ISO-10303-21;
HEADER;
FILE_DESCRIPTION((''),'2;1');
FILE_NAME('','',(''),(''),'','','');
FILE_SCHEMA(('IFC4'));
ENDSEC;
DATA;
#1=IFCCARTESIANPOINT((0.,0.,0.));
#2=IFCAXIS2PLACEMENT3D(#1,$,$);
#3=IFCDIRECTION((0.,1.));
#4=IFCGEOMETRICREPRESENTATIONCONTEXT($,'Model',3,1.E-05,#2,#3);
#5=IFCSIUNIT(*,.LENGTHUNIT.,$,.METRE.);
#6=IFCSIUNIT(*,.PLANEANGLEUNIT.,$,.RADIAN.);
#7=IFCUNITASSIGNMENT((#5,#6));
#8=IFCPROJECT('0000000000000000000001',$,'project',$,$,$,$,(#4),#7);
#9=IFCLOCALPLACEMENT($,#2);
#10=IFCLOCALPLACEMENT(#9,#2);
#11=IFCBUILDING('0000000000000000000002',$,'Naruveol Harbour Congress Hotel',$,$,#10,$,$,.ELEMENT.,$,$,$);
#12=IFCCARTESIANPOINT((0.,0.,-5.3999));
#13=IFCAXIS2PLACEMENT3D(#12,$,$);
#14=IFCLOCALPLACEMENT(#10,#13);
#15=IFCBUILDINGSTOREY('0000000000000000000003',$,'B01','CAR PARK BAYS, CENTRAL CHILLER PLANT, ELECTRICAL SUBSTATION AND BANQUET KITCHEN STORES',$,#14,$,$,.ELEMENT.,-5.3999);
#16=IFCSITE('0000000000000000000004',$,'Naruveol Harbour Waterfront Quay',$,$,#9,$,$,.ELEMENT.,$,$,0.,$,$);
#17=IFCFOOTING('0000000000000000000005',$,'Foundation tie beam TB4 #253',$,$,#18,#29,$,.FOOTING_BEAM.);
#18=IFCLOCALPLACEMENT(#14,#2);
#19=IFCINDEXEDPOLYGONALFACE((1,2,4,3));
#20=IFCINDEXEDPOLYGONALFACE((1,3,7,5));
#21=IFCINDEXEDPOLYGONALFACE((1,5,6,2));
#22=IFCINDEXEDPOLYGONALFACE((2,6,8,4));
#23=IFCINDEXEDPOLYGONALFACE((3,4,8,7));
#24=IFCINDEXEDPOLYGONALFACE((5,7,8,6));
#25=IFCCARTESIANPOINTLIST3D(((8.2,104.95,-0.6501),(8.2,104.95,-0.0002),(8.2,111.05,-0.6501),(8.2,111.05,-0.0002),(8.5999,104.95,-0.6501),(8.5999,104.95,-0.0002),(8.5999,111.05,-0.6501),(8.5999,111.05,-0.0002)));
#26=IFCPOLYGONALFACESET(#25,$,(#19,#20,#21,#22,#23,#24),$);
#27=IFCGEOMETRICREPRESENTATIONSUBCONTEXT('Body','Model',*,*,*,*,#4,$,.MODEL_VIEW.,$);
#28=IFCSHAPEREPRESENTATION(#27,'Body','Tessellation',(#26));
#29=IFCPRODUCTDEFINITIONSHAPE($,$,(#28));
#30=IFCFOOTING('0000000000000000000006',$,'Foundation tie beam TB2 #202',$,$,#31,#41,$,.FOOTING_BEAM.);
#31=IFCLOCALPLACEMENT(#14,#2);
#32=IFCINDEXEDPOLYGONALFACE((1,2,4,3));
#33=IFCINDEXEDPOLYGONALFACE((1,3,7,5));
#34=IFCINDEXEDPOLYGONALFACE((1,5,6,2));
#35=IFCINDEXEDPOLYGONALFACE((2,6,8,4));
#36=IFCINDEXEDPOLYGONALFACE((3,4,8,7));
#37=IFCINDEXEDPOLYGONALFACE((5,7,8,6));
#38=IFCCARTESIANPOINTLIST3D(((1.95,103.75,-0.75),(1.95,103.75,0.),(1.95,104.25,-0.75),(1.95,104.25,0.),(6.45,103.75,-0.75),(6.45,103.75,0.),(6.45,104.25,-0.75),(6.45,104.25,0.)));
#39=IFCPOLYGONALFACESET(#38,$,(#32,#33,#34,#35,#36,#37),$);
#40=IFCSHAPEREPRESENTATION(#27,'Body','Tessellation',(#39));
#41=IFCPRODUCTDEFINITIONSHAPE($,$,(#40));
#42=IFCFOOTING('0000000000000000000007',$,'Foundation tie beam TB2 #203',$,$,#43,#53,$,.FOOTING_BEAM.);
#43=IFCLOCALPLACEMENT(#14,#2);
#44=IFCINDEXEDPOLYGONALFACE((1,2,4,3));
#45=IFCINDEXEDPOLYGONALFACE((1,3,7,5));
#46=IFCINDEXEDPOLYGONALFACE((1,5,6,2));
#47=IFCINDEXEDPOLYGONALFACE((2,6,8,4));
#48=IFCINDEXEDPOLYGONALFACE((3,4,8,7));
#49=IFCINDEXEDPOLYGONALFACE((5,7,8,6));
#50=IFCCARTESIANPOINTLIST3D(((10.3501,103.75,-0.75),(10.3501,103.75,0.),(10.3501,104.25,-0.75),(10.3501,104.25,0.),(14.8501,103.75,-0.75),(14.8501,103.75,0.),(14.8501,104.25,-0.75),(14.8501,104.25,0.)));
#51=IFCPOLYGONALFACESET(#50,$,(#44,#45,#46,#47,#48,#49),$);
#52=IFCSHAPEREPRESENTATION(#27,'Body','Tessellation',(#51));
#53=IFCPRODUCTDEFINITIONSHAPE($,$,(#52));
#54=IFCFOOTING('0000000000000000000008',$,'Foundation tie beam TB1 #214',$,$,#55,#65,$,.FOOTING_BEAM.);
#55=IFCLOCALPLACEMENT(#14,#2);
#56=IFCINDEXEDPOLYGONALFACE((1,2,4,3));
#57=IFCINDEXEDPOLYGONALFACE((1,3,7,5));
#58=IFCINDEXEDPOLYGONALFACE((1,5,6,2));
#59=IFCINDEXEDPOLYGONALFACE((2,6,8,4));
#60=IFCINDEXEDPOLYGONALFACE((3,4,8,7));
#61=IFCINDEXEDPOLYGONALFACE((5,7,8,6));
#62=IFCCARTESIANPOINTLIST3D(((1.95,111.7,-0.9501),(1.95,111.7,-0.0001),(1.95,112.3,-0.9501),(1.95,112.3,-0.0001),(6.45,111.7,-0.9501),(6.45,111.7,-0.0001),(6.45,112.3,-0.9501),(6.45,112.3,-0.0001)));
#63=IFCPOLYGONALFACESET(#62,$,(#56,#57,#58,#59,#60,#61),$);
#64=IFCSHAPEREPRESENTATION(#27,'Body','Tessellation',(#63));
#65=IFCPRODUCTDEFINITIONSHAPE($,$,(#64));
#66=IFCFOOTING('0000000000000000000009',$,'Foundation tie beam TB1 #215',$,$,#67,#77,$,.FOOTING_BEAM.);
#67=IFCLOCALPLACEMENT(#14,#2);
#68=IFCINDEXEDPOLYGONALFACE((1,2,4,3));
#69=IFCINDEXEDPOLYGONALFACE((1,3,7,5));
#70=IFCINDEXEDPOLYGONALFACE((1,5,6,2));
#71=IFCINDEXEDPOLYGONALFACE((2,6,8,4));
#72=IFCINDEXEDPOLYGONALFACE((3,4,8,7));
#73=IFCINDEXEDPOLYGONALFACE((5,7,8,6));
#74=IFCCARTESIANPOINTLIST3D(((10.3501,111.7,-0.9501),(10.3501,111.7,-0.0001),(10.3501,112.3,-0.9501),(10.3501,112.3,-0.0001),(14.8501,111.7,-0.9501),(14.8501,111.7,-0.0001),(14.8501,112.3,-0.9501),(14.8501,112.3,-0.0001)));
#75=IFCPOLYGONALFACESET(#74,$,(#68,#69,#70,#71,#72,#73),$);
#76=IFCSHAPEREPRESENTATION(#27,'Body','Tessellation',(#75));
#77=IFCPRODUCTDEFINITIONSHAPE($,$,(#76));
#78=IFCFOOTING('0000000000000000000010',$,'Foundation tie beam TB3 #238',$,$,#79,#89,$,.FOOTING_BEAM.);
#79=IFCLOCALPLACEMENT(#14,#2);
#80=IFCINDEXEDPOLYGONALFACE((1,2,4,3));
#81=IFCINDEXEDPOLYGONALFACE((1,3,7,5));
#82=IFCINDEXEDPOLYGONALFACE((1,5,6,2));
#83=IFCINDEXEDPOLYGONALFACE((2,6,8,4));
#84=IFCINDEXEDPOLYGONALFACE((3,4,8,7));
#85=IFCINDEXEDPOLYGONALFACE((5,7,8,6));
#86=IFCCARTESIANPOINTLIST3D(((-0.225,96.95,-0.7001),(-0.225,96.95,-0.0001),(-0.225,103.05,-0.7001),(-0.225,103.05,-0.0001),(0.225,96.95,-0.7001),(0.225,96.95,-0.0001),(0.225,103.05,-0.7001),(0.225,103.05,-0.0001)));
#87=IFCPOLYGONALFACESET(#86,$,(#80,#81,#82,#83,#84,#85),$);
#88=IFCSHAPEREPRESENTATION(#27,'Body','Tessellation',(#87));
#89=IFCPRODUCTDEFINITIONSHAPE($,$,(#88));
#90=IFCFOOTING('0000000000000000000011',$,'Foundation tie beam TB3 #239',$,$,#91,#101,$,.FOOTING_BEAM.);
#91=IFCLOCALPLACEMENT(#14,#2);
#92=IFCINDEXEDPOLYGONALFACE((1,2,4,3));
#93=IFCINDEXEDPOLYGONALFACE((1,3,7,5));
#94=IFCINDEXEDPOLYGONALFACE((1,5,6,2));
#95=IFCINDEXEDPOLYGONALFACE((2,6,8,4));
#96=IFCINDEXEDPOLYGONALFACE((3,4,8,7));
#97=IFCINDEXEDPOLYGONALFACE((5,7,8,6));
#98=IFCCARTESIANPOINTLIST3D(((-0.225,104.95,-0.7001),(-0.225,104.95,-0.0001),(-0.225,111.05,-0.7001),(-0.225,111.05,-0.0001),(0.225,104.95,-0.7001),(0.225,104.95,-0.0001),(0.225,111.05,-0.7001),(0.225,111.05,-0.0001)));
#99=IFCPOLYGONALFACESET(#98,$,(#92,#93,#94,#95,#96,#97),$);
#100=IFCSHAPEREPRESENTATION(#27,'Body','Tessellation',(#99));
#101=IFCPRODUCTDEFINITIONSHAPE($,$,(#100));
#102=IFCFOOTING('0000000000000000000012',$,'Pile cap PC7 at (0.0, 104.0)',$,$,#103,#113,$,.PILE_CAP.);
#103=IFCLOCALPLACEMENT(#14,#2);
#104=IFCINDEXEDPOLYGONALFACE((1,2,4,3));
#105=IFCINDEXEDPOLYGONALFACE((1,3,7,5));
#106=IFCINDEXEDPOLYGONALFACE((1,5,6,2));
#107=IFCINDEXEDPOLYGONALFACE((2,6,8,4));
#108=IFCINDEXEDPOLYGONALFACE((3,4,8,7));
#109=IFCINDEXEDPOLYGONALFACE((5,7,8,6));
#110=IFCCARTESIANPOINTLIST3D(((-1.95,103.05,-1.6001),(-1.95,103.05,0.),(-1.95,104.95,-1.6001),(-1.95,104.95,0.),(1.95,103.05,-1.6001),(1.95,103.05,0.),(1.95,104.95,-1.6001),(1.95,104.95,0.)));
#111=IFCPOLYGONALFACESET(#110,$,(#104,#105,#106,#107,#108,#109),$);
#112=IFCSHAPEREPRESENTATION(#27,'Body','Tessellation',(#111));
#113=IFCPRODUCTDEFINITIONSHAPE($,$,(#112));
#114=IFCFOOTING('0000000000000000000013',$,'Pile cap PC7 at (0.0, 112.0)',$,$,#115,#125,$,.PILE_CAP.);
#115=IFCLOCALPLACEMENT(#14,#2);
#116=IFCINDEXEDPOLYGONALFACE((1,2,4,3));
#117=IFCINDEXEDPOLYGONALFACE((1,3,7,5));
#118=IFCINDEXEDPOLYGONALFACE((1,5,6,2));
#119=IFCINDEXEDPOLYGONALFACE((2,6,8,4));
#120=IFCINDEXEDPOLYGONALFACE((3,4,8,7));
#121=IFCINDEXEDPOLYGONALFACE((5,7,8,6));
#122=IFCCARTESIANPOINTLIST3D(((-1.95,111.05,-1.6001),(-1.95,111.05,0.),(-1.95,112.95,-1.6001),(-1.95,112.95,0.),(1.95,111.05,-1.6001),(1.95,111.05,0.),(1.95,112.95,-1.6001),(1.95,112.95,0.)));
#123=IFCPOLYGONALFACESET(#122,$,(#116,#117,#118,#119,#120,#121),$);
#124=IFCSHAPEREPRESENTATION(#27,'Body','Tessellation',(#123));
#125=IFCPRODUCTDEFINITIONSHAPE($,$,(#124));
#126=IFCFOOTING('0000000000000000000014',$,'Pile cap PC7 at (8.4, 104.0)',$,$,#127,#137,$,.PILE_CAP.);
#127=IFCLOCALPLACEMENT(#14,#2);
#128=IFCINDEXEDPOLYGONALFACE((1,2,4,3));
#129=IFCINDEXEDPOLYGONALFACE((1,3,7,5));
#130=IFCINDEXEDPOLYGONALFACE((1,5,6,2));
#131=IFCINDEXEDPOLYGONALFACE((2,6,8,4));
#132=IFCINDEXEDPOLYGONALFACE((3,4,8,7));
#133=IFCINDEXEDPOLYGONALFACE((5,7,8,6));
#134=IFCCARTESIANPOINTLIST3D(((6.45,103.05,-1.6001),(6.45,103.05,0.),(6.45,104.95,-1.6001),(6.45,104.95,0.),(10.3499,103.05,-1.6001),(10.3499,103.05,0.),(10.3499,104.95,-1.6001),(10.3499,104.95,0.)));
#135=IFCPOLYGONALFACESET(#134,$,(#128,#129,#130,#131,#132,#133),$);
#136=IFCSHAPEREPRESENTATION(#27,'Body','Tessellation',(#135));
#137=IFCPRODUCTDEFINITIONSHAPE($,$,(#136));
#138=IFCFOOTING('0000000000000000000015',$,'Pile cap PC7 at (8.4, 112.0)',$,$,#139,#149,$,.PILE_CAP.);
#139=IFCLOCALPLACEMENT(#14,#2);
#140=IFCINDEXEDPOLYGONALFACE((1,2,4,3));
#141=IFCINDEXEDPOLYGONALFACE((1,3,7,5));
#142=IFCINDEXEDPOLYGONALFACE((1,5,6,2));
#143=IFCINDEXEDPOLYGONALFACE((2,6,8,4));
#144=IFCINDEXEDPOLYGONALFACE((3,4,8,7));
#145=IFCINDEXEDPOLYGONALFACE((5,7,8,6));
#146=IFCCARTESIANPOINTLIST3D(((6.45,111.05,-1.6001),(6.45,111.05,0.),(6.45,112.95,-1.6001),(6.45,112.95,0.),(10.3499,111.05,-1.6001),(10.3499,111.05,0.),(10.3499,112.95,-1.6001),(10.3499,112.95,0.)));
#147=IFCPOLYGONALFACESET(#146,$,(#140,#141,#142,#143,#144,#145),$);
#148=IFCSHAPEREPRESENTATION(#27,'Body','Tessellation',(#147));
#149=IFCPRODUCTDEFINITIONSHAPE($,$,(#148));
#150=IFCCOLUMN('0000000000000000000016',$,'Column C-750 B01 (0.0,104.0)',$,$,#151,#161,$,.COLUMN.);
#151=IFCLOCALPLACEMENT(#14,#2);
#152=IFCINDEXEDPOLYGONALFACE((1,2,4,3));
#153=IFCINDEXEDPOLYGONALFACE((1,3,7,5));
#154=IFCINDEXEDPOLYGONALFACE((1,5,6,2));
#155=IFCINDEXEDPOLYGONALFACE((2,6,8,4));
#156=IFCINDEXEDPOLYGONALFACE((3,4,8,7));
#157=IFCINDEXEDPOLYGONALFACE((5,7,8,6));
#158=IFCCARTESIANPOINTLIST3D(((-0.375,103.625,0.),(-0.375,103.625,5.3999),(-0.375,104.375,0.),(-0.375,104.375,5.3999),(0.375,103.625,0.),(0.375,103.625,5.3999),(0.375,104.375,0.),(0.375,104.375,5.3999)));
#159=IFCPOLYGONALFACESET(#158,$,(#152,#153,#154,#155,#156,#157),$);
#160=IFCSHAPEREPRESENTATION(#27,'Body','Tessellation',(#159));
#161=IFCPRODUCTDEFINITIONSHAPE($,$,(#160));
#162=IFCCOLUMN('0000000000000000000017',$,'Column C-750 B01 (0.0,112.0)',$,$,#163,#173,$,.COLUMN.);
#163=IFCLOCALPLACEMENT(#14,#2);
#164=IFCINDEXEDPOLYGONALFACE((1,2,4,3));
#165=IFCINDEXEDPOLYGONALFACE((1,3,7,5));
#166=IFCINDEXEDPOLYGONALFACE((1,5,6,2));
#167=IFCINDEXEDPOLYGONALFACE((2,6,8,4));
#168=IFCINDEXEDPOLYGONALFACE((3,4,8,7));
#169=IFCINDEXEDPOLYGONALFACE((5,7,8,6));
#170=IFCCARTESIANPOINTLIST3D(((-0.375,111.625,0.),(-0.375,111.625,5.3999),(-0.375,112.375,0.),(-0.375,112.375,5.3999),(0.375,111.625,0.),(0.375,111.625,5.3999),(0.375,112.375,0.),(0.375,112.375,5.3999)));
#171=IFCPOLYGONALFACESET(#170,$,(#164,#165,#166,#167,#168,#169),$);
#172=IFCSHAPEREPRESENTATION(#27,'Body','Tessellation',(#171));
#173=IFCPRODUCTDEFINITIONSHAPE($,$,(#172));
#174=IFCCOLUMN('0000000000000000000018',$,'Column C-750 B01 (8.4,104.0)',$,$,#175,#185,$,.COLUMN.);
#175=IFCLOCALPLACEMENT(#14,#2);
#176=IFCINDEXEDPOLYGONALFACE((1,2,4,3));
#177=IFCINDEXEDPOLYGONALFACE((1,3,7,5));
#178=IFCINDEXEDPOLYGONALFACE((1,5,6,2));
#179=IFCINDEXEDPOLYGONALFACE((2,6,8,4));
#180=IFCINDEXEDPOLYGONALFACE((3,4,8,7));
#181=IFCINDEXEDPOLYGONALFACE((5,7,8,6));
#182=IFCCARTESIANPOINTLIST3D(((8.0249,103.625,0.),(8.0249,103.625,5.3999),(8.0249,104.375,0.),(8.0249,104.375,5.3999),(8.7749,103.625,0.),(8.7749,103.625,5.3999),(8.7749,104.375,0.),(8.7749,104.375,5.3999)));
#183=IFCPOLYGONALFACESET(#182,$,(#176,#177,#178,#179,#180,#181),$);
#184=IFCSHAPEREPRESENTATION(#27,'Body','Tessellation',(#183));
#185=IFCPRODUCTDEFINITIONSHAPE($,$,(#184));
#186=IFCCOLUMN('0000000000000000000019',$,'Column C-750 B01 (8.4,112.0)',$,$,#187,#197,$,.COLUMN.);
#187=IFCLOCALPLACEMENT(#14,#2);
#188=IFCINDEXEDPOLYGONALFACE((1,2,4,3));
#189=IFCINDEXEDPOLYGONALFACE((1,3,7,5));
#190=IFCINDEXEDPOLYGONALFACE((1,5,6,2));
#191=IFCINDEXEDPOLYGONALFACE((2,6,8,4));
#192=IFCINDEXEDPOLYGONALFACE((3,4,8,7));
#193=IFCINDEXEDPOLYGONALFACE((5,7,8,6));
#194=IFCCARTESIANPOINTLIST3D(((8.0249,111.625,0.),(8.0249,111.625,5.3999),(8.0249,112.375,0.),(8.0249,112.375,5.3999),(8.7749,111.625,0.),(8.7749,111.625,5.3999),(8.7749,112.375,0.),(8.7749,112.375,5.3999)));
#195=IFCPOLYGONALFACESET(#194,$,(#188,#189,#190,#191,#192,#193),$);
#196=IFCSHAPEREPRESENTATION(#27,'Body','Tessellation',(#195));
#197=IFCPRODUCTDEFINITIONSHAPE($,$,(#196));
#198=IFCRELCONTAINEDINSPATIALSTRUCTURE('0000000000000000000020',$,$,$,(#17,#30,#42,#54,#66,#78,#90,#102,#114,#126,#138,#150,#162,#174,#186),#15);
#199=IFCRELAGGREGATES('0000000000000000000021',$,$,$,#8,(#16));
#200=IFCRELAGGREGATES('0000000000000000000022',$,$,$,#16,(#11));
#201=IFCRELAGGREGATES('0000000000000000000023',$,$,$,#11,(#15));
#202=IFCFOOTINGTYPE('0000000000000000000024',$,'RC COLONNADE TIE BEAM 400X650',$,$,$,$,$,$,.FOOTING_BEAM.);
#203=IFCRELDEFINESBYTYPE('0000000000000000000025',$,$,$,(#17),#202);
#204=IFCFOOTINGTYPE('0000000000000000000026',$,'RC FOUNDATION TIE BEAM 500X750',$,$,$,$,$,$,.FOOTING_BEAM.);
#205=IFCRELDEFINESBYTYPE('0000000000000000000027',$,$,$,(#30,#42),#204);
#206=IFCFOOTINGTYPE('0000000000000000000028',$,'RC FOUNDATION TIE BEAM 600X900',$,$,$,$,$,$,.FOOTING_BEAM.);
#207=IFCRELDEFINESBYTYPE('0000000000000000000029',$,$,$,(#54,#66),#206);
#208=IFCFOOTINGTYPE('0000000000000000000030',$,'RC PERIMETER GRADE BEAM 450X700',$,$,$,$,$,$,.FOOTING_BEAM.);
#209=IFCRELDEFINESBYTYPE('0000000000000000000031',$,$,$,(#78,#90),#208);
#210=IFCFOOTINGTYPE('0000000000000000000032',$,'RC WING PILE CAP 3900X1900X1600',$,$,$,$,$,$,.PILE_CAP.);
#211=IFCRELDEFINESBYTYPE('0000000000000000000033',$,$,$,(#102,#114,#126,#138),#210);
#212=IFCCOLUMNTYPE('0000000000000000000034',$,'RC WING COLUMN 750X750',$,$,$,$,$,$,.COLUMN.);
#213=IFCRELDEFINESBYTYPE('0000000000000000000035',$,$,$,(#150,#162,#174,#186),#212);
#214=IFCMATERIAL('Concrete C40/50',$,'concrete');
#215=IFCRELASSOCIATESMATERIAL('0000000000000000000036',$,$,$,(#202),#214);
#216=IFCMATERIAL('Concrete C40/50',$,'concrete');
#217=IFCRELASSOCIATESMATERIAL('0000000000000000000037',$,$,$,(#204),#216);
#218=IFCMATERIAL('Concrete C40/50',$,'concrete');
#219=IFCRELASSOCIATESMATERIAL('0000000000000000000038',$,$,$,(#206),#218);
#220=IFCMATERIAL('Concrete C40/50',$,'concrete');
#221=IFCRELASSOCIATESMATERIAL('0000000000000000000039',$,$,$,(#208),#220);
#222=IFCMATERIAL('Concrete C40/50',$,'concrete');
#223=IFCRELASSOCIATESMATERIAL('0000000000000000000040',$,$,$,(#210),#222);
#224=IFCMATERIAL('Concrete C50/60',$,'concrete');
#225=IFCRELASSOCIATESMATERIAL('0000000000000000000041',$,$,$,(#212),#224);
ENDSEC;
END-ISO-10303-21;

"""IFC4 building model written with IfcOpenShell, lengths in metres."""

from ifc_helpers import new_model, si_unit, direction, frame, origin, origin_2d, place, context, subcontext, project, spatial, rectangle, extrude, material, material_profile, profile_set, type_object, element, save


model = new_model("IFC4")

# Units and contexts
model_context = context("Model", 3, precision=1e-05, world=origin(), true_north=direction((0.0, 1.0)))
body_context = subcontext(model_context, "Body", "Model", "MODEL_VIEW")
ifc_project = project(units=[si_unit("LENGTHUNIT", "METRE"), si_unit("PLANEANGLEUNIT", "RADIAN")], contexts=[model_context])

# Site, building, storey
site_placement = place(None, origin())
site = spatial("IfcSite", under=ifc_project, at=site_placement, Name="Naruveol Harbour Waterfront Quay", CompositionType="ELEMENT", RefElevation=0.0)
building_placement = place(site_placement, origin())
building = spatial("IfcBuilding", under=site, at=building_placement, Name="Naruveol Harbour Congress Hotel", CompositionType="ELEMENT")
storey_placement = place(building_placement, frame((0.0, 0.0, -5.3999)))
storey = spatial("IfcBuildingStorey", under=building, at=storey_placement, Name="B01", Description="CAR PARK BAYS, CENTRAL CHILLER PLANT, ELECTRICAL SUBSTATION AND BANQUET KITCHEN STORES", CompositionType="ELEMENT", Elevation=-5.3999)

# Footings
ifc_material_1 = material(Name="Concrete C40/50", Category="concrete")
ifc_material_profile_1 = material_profile(ifc_material_1, rectangle(XDim=0.3999, YDim=0.6499, at=origin_2d()), Name="RCB-400x650")
ifc_profile_set_1 = profile_set([ifc_material_profile_1], Name="Concrete C40/50")
footing_type_1 = type_object("IfcFootingType", Name="RC COLONNADE TIE BEAM 400X650", PredefinedType="FOOTING_BEAM", material=ifc_profile_set_1)
for number, where, z_axis, x_axis, name in (
    (1, (8.3999, 104.95, -0.3252), (0.0, 1.0, 0.0), (-1.0, 0.0, 0.0), "Foundation tie beam TB4 #253"),
):
    element("IfcFooting", number, at=place(storey_placement, frame(where, z_axis=z_axis, x_axis=x_axis)), inside=storey, type_object=footing_type_1, Name=name, PredefinedType="FOOTING_BEAM", context=body_context, shape_type="SweptSolid", body=[
        extrude(rectangle(XDim=0.3999, YDim=0.6499, at=origin_2d()), origin(), (0.0, 0.0, 1.0), 6.1001),
    ])
ifc_material_2 = material(Name="Concrete C40/50", Category="concrete")
ifc_material_profile_2 = material_profile(ifc_material_2, rectangle(XDim=0.5, YDim=0.75, at=origin_2d()), Name="RCB-500x750")
ifc_profile_set_2 = profile_set([ifc_material_profile_2], Name="Concrete C40/50")
footing_type_2 = type_object("IfcFootingType", Name="RC FOUNDATION TIE BEAM 500X750", PredefinedType="FOOTING_BEAM", material=ifc_profile_set_2)
for number, where, z_axis, x_axis, name in (
    (2, (1.95, 104.0, -0.375), (1.0, 0.0, 0.0), (0.0, 1.0, 0.0), "Foundation tie beam TB2 #202"),
    (3, (10.3501, 104.0, -0.375), (1.0, 0.0, 0.0), (0.0, 1.0, 0.0), "Foundation tie beam TB2 #203"),
):
    element("IfcFooting", number, at=place(storey_placement, frame(where, z_axis=z_axis, x_axis=x_axis)), inside=storey, type_object=footing_type_2, Name=name, PredefinedType="FOOTING_BEAM", context=body_context, shape_type="SweptSolid", body=[
        extrude(rectangle(XDim=0.5, YDim=0.75, at=origin_2d()), origin(), (0.0, 0.0, 1.0), 4.5),
    ])
ifc_material_3 = material(Name="Concrete C40/50", Category="concrete")
ifc_material_profile_3 = material_profile(ifc_material_3, rectangle(XDim=0.6001, YDim=0.95, at=origin_2d()), Name="RCB-600x950")
ifc_profile_set_3 = profile_set([ifc_material_profile_3], Name="Concrete C40/50")
footing_type_3 = type_object("IfcFootingType", Name="RC FOUNDATION TIE BEAM 600X900", PredefinedType="FOOTING_BEAM", material=ifc_profile_set_3)
for number, where, z_axis, x_axis, name in (
    (4, (1.95, 112.0, -0.4751), (1.0, 0.0, 0.0), (0.0, 1.0, 0.0), "Foundation tie beam TB1 #214"),
    (5, (10.3501, 112.0, -0.4751), (1.0, 0.0, 0.0), (0.0, 1.0, 0.0), "Foundation tie beam TB1 #215"),
):
    element("IfcFooting", number, at=place(storey_placement, frame(where, z_axis=z_axis, x_axis=x_axis)), inside=storey, type_object=footing_type_3, Name=name, PredefinedType="FOOTING_BEAM", context=body_context, shape_type="SweptSolid", body=[
        extrude(rectangle(XDim=0.6001, YDim=0.95, at=origin_2d()), origin(), (0.0, 0.0, 1.0), 4.5),
    ])
ifc_material_4 = material(Name="Concrete C40/50", Category="concrete")
ifc_material_profile_4 = material_profile(ifc_material_4, rectangle(XDim=0.45, YDim=0.7, at=origin_2d()), Name="RCB-450x700")
ifc_profile_set_4 = profile_set([ifc_material_profile_4], Name="Concrete C40/50")
footing_type_4 = type_object("IfcFootingType", Name="RC PERIMETER GRADE BEAM 450X700", PredefinedType="FOOTING_BEAM", material=ifc_profile_set_4)
for number, where, z_axis, x_axis, name in (
    (6, (0.0, 96.95, -0.3501), (0.0, 1.0, 0.0), (-1.0, 0.0, 0.0), "Foundation tie beam TB3 #238"),
    (7, (0.0, 104.95, -0.3501), (0.0, 1.0, 0.0), (-1.0, 0.0, 0.0), "Foundation tie beam TB3 #239"),
):
    element("IfcFooting", number, at=place(storey_placement, frame(where, z_axis=z_axis, x_axis=x_axis)), inside=storey, type_object=footing_type_4, Name=name, PredefinedType="FOOTING_BEAM", context=body_context, shape_type="SweptSolid", body=[
        extrude(rectangle(XDim=0.45, YDim=0.7, at=origin_2d()), origin(), (0.0, 0.0, 1.0), 6.1001),
    ])
ifc_material_5 = material(Name="Concrete C40/50", Category="concrete")
footing_type_5 = type_object("IfcFootingType", Name="RC WING PILE CAP 3900X1900X1600", PredefinedType="PILE_CAP", material=ifc_material_5)
for number, where, z_axis, x_axis, name in (
    (8, (0.0, 104.0, -1.6001), (0.0, 0.0, 1.0), (1.0, 0.0, 0.0), "Pile cap PC7 at (0.0, 104.0)"),
    (9, (0.0, 112.0, -1.6001), (0.0, 0.0, 1.0), (1.0, 0.0, 0.0), "Pile cap PC7 at (0.0, 112.0)"),
    (10, (8.3999, 104.0, -1.6001), (0.0, 0.0, 1.0), (1.0, 0.0, 0.0), "Pile cap PC7 at (8.4, 104.0)"),
    (11, (8.3999, 112.0, -1.6001), (0.0, 0.0, 1.0), (1.0, 0.0, 0.0), "Pile cap PC7 at (8.4, 112.0)"),
):
    element("IfcFooting", number, at=place(storey_placement, frame(where, z_axis=z_axis, x_axis=x_axis)), inside=storey, type_object=footing_type_5, Name=name, PredefinedType="PILE_CAP", context=body_context, shape_type="SweptSolid", body=[
        extrude(rectangle(XDim=3.8999, YDim=1.8999, at=origin_2d()), origin(), (0.0, 0.0, 1.0), 1.6001),
    ])

# Columns
ifc_material_6 = material(Name="Concrete C50/60", Category="concrete")
ifc_material_profile_5 = material_profile(ifc_material_6, rectangle(XDim=0.75, YDim=0.75, at=origin_2d()), Name="RC-750x750")
ifc_profile_set_5 = profile_set([ifc_material_profile_5], Name="Concrete C50/60")
column_type = type_object("IfcColumnType", Name="RC WING COLUMN 750X750", PredefinedType="COLUMN", material=ifc_profile_set_5)
for number, where, z_axis, x_axis, name in (
    (12, (0.0, 104.0, 0.0), (0.0, 0.0, 1.0), (1.0, 0.0, 0.0), "Column C-750 B01 (0.0,104.0)"),
    (13, (0.0, 112.0, 0.0), (0.0, 0.0, 1.0), (1.0, 0.0, 0.0), "Column C-750 B01 (0.0,112.0)"),
    (14, (8.3999, 104.0, 0.0), (0.0, 0.0, 1.0), (1.0, 0.0, 0.0), "Column C-750 B01 (8.4,104.0)"),
    (15, (8.3999, 112.0, 0.0), (0.0, 0.0, 1.0), (1.0, 0.0, 0.0), "Column C-750 B01 (8.4,112.0)"),
):
    element("IfcColumn", number, at=place(storey_placement, frame(where, z_axis=z_axis, x_axis=x_axis)), inside=storey, type_object=column_type, Name=name, PredefinedType="COLUMN", context=body_context, shape_type="SweptSolid", body=[
        extrude(rectangle(XDim=0.75, YDim=0.75, at=origin_2d()), origin(), (0.0, 0.0, 1.0), 5.3999),
    ])

save(model, "model.ifc")
